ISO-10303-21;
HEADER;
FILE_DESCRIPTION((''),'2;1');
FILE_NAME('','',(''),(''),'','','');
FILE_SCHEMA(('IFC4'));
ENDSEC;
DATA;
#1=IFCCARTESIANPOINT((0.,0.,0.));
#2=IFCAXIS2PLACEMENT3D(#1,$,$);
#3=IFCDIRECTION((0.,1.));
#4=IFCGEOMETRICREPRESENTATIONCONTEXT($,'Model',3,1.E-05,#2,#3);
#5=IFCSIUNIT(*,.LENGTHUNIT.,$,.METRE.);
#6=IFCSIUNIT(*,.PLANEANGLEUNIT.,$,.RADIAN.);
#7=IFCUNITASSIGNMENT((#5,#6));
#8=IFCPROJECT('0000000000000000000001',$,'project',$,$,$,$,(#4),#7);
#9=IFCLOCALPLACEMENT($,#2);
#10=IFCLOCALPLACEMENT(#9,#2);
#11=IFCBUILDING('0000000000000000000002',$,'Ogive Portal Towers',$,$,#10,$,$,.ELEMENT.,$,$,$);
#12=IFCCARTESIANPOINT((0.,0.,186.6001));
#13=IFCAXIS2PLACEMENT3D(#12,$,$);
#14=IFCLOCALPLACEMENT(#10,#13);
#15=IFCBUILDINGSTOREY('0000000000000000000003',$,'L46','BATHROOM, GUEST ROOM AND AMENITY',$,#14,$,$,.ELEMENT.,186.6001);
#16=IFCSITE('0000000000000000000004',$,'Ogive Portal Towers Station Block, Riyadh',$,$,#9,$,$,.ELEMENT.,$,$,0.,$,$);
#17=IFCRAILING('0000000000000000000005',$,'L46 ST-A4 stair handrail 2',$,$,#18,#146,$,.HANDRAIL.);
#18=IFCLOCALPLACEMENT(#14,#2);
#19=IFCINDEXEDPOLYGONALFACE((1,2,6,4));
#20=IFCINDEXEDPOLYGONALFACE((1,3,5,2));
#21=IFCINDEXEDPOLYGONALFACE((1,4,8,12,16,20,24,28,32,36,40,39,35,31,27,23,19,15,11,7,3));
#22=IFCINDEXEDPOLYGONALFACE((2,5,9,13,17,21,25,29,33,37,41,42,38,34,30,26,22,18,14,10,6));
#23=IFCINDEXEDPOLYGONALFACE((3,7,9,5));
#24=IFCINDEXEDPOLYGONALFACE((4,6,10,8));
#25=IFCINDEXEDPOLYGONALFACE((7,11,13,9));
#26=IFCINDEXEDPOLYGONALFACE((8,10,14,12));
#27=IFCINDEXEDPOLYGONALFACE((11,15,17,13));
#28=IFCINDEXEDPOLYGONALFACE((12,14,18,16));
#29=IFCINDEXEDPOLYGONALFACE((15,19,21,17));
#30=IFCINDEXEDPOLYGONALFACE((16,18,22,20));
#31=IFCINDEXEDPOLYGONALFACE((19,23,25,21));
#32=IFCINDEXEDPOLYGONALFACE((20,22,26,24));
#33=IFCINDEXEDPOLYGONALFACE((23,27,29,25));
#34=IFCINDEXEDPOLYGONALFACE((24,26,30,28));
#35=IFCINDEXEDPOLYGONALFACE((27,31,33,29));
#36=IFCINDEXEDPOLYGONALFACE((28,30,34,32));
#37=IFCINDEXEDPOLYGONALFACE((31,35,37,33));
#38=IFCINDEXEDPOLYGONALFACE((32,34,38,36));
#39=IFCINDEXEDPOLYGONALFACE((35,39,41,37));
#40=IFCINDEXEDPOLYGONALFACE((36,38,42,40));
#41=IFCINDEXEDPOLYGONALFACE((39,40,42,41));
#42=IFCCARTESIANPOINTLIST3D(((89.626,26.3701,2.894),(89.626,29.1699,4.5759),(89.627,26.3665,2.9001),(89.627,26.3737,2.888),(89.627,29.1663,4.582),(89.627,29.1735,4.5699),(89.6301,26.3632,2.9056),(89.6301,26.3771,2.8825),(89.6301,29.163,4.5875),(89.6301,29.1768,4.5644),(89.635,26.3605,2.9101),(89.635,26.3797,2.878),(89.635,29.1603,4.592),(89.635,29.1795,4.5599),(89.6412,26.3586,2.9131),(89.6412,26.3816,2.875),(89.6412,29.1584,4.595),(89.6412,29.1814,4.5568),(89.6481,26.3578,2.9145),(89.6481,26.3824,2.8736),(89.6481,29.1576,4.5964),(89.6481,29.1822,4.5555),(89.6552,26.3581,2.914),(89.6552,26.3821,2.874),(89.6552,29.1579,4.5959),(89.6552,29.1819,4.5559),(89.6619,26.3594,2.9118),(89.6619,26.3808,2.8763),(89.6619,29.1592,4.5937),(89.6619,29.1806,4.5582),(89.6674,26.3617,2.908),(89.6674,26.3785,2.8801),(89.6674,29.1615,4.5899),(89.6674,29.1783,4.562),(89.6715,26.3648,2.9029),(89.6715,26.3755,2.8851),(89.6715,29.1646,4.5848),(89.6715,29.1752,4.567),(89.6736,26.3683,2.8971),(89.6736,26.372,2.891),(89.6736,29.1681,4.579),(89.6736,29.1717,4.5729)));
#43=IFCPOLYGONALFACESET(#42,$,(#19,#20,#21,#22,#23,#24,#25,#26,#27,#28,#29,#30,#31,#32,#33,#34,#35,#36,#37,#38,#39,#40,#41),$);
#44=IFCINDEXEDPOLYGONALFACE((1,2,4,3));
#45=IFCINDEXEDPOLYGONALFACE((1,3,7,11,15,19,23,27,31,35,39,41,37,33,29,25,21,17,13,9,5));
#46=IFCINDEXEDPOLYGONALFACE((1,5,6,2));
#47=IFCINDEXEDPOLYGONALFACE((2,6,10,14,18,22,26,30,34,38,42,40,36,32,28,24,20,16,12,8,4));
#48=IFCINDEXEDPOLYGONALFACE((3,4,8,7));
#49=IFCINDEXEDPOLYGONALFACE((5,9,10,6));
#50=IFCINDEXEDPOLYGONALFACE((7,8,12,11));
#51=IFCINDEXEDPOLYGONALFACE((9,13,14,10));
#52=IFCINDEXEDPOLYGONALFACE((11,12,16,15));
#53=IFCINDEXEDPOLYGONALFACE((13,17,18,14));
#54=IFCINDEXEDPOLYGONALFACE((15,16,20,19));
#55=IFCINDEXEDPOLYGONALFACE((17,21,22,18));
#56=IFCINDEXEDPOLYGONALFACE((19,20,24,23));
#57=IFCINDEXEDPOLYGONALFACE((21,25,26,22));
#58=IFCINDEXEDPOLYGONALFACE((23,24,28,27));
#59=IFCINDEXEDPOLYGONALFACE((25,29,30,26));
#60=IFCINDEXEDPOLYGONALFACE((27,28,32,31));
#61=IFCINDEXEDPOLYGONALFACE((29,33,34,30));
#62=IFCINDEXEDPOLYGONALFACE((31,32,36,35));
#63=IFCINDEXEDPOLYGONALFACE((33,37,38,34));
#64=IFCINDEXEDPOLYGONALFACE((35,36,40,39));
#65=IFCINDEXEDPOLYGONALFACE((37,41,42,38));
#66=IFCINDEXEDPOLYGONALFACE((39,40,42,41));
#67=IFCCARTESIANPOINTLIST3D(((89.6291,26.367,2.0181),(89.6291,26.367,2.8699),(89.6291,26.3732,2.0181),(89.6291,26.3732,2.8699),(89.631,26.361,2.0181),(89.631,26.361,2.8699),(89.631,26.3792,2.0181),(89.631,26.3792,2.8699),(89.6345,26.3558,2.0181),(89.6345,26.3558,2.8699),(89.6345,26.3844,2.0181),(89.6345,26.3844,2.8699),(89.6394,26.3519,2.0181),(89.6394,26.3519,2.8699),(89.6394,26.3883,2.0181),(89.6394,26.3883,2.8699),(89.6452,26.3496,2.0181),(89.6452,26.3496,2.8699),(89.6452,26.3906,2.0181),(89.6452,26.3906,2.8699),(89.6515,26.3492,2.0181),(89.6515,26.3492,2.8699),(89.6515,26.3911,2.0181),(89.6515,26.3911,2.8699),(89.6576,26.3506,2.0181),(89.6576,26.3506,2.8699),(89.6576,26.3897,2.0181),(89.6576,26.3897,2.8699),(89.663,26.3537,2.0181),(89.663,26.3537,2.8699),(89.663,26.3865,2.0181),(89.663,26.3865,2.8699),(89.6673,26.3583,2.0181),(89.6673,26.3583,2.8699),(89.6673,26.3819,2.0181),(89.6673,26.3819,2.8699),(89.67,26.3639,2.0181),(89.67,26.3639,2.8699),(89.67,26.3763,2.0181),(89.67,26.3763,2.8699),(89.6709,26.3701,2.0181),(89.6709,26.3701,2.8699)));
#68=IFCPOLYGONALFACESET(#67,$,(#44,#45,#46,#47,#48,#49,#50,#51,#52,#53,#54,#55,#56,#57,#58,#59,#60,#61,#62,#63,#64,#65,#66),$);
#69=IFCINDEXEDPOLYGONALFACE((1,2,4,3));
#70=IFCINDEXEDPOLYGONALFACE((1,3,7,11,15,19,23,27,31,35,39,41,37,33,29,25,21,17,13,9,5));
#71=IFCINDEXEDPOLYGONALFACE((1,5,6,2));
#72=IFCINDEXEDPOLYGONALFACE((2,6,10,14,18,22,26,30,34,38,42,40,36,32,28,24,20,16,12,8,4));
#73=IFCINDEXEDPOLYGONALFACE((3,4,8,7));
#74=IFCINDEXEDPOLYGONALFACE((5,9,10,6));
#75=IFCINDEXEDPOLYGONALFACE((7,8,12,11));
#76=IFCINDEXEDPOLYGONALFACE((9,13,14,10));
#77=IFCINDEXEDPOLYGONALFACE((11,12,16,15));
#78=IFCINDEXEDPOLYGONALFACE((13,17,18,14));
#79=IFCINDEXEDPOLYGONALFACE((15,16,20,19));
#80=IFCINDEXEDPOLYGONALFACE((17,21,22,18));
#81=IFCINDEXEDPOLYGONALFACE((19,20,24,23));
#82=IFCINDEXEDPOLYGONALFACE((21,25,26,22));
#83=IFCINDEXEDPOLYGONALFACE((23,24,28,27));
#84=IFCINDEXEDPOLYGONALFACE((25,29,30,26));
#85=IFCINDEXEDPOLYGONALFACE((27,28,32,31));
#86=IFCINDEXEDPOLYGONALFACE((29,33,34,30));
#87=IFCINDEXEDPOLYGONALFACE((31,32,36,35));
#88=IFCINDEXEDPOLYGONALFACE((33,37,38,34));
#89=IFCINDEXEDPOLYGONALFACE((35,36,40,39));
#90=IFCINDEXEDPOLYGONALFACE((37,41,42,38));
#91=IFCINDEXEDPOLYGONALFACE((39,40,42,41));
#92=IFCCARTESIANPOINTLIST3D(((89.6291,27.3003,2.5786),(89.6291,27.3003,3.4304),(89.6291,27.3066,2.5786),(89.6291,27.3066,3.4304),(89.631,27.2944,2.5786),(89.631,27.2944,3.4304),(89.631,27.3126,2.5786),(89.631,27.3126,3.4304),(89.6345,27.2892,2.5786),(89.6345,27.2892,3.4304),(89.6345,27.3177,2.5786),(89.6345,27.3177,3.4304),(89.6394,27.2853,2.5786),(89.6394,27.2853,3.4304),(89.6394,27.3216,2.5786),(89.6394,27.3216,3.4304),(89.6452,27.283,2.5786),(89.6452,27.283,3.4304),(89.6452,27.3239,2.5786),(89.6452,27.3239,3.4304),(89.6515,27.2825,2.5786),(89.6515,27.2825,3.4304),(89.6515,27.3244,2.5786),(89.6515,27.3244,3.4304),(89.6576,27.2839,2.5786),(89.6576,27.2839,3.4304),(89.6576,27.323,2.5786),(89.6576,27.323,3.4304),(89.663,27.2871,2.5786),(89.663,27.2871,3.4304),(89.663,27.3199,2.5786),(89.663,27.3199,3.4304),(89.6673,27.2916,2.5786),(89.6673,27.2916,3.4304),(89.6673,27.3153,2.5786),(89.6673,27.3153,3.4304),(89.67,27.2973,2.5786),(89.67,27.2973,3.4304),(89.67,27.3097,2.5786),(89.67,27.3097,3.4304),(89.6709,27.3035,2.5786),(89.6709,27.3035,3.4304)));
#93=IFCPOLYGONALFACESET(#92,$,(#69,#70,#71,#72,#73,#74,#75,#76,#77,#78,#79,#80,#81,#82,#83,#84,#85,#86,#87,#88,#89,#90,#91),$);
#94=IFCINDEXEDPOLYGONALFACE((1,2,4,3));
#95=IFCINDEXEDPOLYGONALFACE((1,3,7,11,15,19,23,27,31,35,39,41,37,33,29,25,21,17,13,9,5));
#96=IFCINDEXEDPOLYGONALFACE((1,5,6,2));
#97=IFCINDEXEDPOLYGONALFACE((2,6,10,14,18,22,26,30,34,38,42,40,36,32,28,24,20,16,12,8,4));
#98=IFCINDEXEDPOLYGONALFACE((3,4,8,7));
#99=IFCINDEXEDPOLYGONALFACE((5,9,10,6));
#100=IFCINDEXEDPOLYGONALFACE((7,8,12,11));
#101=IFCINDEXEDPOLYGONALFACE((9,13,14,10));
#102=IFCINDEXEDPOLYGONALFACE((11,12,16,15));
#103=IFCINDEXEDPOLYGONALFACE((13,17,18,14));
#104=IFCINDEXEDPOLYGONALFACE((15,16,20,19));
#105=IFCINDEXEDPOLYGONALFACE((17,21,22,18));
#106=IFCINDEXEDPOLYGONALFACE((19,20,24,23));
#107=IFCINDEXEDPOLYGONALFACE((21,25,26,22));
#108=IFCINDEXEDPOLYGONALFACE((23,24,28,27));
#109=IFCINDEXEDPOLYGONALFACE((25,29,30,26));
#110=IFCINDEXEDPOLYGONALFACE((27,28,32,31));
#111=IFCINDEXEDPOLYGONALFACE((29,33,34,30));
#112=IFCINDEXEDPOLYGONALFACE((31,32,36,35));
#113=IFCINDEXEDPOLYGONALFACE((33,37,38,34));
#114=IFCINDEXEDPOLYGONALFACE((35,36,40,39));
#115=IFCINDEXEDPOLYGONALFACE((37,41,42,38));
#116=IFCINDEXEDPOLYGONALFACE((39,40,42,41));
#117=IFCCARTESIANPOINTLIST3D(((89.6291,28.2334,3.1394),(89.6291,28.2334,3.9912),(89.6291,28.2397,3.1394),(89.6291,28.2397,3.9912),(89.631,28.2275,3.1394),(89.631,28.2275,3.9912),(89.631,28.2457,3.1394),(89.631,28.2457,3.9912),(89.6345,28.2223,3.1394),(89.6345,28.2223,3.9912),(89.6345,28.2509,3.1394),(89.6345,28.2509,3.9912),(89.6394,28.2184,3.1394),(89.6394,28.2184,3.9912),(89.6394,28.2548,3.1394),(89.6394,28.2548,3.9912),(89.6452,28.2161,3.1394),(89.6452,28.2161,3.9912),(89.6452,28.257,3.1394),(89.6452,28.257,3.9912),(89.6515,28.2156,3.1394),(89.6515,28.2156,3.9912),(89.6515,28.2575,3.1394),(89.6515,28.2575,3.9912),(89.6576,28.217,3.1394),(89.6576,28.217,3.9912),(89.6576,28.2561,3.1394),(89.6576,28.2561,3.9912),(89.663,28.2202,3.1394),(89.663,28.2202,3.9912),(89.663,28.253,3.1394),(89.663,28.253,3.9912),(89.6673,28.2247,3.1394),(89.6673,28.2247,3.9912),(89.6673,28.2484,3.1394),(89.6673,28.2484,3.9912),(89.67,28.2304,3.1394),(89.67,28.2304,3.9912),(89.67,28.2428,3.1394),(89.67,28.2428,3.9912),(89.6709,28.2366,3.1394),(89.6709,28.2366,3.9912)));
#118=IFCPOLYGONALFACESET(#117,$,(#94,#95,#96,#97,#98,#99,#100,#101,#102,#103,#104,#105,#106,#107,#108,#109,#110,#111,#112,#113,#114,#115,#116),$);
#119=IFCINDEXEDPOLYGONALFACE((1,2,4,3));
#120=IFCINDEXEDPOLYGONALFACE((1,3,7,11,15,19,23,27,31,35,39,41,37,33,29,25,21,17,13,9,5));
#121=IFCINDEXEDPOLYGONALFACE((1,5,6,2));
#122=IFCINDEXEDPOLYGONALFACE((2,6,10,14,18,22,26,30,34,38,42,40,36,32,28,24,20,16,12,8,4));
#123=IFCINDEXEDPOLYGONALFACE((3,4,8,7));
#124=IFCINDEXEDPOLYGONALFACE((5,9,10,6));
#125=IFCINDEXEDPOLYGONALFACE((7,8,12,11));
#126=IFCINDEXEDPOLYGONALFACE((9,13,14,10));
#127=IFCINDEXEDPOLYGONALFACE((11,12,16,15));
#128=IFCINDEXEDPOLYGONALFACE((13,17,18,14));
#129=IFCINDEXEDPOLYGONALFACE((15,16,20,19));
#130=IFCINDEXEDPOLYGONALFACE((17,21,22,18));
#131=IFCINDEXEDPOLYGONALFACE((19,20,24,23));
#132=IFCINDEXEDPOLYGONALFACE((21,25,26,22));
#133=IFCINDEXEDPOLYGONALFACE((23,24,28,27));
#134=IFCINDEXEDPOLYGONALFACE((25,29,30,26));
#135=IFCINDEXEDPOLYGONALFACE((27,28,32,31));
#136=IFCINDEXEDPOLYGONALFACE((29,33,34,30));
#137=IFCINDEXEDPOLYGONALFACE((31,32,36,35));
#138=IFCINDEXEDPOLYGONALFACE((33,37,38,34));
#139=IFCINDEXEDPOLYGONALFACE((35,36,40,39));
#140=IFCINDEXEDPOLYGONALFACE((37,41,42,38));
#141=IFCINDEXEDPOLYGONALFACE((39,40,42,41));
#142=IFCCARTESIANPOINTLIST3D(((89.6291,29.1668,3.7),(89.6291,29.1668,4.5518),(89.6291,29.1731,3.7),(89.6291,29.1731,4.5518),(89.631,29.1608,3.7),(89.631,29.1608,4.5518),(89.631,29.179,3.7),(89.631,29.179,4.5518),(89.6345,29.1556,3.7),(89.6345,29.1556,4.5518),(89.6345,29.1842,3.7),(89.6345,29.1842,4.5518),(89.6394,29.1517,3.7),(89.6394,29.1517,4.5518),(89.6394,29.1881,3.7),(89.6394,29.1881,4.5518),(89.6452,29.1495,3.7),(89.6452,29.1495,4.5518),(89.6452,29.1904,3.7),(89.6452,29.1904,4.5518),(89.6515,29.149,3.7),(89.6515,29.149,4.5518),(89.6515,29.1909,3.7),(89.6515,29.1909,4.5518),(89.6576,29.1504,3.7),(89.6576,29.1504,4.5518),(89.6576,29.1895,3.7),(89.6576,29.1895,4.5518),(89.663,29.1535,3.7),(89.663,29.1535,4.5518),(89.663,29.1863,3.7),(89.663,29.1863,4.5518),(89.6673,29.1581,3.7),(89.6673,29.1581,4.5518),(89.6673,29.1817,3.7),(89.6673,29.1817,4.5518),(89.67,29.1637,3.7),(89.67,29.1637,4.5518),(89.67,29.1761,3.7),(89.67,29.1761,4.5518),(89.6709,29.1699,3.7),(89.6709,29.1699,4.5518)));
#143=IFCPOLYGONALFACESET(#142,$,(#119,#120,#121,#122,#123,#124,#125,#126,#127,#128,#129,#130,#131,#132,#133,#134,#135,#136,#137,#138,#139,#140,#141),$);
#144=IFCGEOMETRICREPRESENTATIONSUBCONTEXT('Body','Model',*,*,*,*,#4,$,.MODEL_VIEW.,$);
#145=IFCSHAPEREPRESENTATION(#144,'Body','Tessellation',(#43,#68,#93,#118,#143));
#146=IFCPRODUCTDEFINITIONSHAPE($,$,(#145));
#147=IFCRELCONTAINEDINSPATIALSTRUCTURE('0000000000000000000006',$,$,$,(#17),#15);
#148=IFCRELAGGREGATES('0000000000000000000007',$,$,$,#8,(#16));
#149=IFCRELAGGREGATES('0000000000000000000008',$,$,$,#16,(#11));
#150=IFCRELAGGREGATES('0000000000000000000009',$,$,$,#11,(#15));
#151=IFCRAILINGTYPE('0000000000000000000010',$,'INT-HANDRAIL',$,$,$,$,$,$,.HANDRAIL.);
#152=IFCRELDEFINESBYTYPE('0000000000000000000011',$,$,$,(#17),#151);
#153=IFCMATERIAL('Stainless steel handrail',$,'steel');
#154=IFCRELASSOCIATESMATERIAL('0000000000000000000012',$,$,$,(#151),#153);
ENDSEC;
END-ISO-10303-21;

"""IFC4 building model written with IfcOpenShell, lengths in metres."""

from ifc_helpers import new_model, si_unit, direction, frame, origin, origin_2d, place, context, subcontext, project, spatial, circle, extrude, material, type_object, element, save


model = new_model("IFC4")

# Units and contexts
model_context = context("Model", 3, precision=1e-05, world=origin(), true_north=direction((0.0, 1.0)))
body_context = subcontext(model_context, "Body", "Model", "MODEL_VIEW")
ifc_project = project(units=[si_unit("LENGTHUNIT", "METRE"), si_unit("PLANEANGLEUNIT", "RADIAN")], contexts=[model_context])

# Site, building, storey
site_placement = place(None, origin())
site = spatial("IfcSite", under=ifc_project, at=site_placement, Name="Ogive Portal Towers Station Block, Riyadh", CompositionType="ELEMENT", RefElevation=0.0)
building_placement = place(site_placement, origin())
building = spatial("IfcBuilding", under=site, at=building_placement, Name="Ogive Portal Towers", CompositionType="ELEMENT")
storey_placement = place(building_placement, frame((0.0, 0.0, 186.6001)))
storey = spatial("IfcBuildingStorey", under=building, at=storey_placement, Name="L46", Description="BATHROOM, GUEST ROOM AND AMENITY", CompositionType="ELEMENT", Elevation=186.6001)

# Railing
ifc_material_1 = material(Name="Stainless steel handrail", Category="steel")
railing_type_1 = type_object("IfcRailingType", Name="INT-HANDRAIL", PredefinedType="HANDRAIL", material=ifc_material_1)
railing_1_placement = place(storey_placement, frame((89.6499, 26.3701, 2.0181)))
element("IfcRailing", 1, at=railing_1_placement, inside=storey, type_object=railing_type_1, Name="L46 ST-A4 stair handrail 2", PredefinedType="HANDRAIL", context=body_context, shape_type="SweptSolid", body=[
    extrude(circle(Radius=0.0239, at=origin_2d()), frame((0.0, 0.0, 0.876), z_axis=(0.0, 0.857222, 0.514946), x_axis=(-1.0, 0.0, 0.0)), (0.0, 0.0, 1.0), 3.2661),
    extrude(circle(Radius=0.021, at=origin_2d()), origin(), (0.0, 0.0, 1.0), 0.8518),
    extrude(circle(Radius=0.021, at=origin_2d()), frame((0.0, 0.9333, 0.5605)), (0.0, 0.0, 1.0), 0.8518),
    extrude(circle(Radius=0.021, at=origin_2d()), frame((0.0, 1.8665, 1.1213)), (0.0, 0.0, 1.0), 0.8518),
    extrude(circle(Radius=0.021, at=origin_2d()), frame((0.0, 2.7998, 1.6819)), (0.0, 0.0, 1.0), 0.8518),
])

save(model, "model.ifc")
